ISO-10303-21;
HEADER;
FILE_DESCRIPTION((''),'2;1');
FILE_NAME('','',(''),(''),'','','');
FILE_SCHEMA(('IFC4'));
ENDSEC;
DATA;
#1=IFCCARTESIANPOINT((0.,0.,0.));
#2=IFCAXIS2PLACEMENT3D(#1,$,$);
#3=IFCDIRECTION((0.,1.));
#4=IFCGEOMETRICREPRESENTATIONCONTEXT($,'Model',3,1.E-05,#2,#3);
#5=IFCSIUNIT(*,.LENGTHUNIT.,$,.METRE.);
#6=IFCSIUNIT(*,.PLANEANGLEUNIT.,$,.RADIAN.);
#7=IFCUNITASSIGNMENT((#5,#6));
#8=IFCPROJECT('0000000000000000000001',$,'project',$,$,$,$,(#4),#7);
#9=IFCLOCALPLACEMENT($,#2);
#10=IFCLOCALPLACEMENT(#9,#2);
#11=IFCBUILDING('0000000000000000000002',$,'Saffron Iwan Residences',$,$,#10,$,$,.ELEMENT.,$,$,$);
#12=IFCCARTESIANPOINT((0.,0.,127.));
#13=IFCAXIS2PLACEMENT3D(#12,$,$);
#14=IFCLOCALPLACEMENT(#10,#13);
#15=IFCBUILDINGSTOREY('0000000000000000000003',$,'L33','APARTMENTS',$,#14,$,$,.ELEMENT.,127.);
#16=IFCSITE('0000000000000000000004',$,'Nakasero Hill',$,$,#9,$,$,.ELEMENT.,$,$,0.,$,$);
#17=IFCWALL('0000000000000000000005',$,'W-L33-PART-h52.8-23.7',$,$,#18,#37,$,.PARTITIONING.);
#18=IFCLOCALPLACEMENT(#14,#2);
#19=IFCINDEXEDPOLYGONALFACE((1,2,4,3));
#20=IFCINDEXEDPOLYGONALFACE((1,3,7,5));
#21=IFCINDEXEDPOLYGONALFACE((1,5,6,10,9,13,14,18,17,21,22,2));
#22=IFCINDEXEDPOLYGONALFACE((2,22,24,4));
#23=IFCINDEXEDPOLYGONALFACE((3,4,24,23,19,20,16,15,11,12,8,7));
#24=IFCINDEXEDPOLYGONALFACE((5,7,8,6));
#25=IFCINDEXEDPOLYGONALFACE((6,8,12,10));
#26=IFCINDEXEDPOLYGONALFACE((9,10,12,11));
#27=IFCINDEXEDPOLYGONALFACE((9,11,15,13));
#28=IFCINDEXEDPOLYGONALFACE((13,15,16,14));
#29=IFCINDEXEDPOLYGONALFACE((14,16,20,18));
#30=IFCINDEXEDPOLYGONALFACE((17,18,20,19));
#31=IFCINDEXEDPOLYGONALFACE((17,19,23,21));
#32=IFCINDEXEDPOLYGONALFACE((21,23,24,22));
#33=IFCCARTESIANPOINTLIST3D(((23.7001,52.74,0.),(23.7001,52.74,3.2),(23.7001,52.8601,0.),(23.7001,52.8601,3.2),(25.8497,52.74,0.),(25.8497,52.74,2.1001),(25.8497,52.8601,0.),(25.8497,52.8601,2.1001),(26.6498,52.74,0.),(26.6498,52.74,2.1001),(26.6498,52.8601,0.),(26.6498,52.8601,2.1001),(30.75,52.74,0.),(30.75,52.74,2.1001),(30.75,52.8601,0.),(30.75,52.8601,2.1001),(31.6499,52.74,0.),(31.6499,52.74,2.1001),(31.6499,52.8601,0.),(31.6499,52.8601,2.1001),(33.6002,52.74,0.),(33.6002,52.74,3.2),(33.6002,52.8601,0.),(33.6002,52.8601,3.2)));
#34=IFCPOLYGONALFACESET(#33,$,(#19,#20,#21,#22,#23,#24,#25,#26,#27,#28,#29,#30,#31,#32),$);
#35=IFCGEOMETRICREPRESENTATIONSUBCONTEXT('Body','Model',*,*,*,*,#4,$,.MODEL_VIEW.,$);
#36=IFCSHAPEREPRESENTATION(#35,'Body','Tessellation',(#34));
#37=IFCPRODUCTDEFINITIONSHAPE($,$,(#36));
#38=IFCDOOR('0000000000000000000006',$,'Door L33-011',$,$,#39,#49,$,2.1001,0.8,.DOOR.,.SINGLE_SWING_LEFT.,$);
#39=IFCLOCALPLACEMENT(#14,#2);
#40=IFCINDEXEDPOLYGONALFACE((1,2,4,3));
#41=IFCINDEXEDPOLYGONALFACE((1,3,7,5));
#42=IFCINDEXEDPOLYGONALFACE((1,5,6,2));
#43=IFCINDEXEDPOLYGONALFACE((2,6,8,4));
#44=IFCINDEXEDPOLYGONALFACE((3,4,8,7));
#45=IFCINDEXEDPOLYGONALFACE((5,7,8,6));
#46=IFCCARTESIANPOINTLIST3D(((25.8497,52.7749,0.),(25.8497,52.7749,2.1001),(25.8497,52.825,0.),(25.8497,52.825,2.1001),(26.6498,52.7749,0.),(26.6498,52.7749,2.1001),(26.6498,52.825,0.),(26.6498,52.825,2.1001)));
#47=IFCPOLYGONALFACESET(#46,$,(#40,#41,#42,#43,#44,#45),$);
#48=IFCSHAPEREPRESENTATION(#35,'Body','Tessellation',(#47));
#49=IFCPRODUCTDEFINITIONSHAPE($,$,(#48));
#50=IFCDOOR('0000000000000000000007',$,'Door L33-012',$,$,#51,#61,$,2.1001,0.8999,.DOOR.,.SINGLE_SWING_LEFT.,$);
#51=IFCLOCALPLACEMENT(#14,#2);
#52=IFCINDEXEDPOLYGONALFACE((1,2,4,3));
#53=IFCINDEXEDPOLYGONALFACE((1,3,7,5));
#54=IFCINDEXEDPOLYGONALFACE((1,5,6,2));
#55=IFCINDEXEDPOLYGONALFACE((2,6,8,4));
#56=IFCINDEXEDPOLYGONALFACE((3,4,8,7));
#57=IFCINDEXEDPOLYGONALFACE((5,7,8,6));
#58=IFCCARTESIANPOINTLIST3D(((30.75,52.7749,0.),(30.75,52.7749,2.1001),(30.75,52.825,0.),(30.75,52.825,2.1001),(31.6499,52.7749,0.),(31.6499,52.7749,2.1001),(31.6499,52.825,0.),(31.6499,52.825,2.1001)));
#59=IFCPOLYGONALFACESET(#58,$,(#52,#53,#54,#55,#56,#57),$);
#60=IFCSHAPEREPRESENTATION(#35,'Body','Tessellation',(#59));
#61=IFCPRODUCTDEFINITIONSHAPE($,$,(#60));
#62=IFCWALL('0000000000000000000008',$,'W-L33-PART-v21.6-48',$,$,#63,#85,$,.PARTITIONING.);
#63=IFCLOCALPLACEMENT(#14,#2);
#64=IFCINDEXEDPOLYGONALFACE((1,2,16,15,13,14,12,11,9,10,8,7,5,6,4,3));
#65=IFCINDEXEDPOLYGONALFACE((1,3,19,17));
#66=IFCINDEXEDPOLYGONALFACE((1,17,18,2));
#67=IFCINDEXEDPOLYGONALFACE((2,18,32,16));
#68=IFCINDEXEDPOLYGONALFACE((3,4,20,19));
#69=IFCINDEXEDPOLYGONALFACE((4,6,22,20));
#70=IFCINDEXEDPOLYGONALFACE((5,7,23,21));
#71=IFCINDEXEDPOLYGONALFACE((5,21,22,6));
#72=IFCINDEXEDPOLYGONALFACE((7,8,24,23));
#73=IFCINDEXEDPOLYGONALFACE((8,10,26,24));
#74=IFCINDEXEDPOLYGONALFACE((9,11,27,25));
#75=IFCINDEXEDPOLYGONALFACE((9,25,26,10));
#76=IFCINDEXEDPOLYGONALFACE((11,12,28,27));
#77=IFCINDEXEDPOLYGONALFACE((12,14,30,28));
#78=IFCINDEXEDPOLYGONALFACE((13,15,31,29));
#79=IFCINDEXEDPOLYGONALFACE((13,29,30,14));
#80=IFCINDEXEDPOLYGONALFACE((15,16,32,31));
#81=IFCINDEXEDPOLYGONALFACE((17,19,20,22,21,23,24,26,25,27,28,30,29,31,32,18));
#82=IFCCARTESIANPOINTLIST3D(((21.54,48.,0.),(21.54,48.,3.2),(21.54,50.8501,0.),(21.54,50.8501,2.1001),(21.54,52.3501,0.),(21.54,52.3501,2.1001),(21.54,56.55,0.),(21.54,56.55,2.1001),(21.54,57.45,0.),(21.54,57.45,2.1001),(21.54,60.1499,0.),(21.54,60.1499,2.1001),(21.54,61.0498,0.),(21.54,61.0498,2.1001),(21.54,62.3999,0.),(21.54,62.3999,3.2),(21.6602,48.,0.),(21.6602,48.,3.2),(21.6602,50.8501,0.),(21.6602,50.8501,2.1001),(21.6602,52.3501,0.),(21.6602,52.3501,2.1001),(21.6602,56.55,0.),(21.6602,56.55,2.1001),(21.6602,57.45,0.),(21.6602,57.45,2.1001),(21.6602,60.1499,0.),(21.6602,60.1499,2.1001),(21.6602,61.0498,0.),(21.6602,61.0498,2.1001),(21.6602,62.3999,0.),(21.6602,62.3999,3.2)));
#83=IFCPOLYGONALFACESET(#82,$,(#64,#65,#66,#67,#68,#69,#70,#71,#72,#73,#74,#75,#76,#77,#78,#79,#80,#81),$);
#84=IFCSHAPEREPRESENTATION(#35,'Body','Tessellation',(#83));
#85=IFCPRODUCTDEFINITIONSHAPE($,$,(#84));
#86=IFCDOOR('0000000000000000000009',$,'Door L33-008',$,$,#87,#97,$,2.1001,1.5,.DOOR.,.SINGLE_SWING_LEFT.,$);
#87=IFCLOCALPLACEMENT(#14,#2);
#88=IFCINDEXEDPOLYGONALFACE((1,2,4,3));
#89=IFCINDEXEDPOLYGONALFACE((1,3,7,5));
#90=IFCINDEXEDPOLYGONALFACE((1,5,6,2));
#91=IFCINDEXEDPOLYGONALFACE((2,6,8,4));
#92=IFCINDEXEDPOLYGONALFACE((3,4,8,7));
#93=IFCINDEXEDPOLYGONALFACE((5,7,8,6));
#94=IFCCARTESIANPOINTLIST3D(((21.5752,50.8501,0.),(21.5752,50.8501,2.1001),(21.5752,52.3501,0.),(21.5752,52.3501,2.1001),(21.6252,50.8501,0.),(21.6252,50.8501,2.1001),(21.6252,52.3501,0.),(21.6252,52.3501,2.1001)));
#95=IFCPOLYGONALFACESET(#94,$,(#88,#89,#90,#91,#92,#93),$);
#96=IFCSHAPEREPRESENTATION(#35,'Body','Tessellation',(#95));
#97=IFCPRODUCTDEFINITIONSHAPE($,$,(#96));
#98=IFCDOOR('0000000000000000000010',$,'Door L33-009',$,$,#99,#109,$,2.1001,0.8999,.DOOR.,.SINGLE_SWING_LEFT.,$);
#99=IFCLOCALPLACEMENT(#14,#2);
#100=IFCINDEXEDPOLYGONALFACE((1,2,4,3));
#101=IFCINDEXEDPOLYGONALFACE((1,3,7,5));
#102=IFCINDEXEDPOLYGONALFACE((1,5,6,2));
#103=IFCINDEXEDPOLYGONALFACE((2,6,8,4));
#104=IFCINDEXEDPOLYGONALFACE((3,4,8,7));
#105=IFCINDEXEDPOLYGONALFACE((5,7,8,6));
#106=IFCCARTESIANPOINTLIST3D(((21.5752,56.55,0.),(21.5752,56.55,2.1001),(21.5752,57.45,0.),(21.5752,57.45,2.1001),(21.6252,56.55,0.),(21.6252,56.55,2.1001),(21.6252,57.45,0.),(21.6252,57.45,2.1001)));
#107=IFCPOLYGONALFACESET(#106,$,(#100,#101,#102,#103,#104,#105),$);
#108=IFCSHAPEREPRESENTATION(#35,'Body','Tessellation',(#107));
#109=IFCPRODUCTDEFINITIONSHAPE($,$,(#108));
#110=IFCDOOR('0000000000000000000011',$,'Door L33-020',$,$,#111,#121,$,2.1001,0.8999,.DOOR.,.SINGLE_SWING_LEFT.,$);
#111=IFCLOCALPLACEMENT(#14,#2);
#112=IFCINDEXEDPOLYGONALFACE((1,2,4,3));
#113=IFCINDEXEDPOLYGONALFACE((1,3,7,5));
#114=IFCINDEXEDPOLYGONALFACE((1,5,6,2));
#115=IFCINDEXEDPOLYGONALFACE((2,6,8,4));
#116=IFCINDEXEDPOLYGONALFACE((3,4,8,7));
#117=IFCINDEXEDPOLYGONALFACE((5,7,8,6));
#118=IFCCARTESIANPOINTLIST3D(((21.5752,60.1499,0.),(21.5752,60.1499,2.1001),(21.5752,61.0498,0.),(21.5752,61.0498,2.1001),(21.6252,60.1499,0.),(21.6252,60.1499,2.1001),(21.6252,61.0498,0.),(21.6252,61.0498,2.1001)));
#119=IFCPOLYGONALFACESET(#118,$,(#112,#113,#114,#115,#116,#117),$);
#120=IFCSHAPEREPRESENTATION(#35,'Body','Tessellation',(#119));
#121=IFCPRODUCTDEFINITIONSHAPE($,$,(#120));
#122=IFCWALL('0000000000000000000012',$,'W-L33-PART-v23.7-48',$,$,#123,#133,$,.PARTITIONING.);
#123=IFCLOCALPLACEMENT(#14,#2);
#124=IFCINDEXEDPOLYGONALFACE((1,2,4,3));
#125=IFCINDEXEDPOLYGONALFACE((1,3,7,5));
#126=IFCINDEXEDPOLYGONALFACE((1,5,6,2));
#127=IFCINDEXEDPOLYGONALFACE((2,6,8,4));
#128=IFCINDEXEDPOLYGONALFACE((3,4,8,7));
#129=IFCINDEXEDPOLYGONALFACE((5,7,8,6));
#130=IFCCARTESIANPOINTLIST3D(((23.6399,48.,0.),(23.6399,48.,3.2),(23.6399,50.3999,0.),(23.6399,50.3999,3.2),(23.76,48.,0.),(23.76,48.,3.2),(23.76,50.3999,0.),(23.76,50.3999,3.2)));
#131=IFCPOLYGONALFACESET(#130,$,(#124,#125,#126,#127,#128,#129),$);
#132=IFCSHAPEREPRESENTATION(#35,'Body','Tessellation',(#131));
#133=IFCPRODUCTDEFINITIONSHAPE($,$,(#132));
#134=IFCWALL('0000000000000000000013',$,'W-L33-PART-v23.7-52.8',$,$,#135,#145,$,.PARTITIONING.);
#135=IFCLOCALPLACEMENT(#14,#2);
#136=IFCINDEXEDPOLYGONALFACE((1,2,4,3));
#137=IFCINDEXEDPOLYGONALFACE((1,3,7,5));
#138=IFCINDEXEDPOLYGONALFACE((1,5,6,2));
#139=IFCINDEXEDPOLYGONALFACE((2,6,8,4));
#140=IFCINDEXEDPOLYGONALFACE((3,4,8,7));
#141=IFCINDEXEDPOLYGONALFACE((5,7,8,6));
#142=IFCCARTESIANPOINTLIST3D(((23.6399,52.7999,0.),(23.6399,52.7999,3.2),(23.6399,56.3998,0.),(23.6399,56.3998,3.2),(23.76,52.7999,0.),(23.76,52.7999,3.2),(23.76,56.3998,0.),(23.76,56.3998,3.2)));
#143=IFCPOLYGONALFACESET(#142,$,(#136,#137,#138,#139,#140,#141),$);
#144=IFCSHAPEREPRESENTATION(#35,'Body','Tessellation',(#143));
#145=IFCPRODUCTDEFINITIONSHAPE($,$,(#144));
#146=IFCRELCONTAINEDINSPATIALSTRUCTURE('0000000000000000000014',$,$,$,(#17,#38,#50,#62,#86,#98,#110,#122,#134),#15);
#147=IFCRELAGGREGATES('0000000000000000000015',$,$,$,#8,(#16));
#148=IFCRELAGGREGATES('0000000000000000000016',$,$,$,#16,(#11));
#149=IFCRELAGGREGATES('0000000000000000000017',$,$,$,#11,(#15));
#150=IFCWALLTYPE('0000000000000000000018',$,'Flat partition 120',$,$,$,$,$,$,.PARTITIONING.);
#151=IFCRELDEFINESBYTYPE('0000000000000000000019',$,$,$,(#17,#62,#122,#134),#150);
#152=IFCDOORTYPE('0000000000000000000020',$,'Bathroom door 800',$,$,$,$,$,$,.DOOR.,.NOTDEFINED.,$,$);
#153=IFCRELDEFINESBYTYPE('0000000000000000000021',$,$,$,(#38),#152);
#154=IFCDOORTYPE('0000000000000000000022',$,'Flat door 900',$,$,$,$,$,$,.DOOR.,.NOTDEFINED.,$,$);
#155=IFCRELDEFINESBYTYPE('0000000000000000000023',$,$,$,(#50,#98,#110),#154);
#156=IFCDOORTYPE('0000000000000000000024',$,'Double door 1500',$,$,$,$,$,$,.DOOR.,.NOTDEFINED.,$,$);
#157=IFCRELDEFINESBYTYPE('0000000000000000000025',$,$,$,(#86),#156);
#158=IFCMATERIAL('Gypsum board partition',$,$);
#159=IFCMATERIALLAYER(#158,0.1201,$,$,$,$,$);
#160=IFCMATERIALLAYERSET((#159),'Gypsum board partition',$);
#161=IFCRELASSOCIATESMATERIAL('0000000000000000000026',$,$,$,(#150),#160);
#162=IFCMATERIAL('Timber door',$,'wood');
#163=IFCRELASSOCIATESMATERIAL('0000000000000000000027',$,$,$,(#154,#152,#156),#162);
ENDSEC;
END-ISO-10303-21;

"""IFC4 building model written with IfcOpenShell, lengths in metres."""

from ifc_helpers import new_model, si_unit, direction, frame, frame_2d, origin, place, context, subcontext, project, spatial, rectangle, extrude, material, layer, layer_set, type_object, element, fill, save


model = new_model("IFC4")

# Units and contexts
model_context = context("Model", 3, precision=1e-05, world=origin(), true_north=direction((0.0, 1.0)))
body_context = subcontext(model_context, "Body", "Model", "MODEL_VIEW")
ifc_project = project(units=[si_unit("LENGTHUNIT", "METRE"), si_unit("PLANEANGLEUNIT", "RADIAN")], contexts=[model_context])

# Site, building, storey
site_placement = place(None, origin())
site = spatial("IfcSite", under=ifc_project, at=site_placement, Name="Nakasero Hill", CompositionType="ELEMENT", RefElevation=0.0)
building_placement = place(site_placement, origin())
building = spatial("IfcBuilding", under=site, at=building_placement, Name="Saffron Iwan Residences", CompositionType="ELEMENT")
storey_placement = place(building_placement, frame((0.0, 0.0, 127.0)))
storey = spatial("IfcBuildingStorey", under=building, at=storey_placement, Name="L33", Description="APARTMENTS", CompositionType="ELEMENT", Elevation=127.0)

# Shared definitions
ifc_material_1 = material(Name="Gypsum board partition")
ifc_layer_1 = layer(ifc_material_1, 0.1201)
ifc_layer_set_1 = layer_set([ifc_layer_1], Name="Gypsum board partition")
wall_type_1 = type_object("IfcWallType", Name="Flat partition 120", PredefinedType="PARTITIONING", material=ifc_layer_set_1)
ifc_material_2 = material(Name="Timber door", Category="wood")
door_type_1 = type_object("IfcDoorType", Name="Flat door 900", OperationType="NOTDEFINED", PredefinedType="DOOR", material=ifc_material_2)

# Walls, openings, doors
wall_1_placement = place(storey_placement, frame((23.7, 52.8, 0.0), z_axis=(0.0, 0.0, 1.0), x_axis=(1.0, 0.0, 0.0)))
wall_1 = element("IfcWall", 1, at=wall_1_placement, inside=storey, type_object=wall_type_1, Name="W-L33-PART-h52.8-23.7", PredefinedType="PARTITIONING", context=body_context, shape_type="SweptSolid", body=[
    extrude(rectangle(XDim=9.9001, YDim=0.1201, at=frame_2d((4.9502, 0.0))), origin(), (0.0, 0.0, 1.0), 3.2),
])
opening_1_placement = place(wall_1_placement, frame((2.1499, 0.0, 0.0)))
opening_1 = element("IfcOpeningElement", 2, at=opening_1_placement, cuts=wall_1, PredefinedType="OPENING", context=body_context, shape_type="SweptSolid", body=[
    extrude(rectangle(XDim=0.8, YDim=2.1001, at=frame_2d((0.3999, 1.05))), frame((0.0, 0.0701, 0.0), z_axis=(0.0, -1.0, 0.0), x_axis=(1.0, 0.0, 0.0)), (0.0, 0.0, 1.0), 0.1401),
])
opening_2_placement = place(wall_1_placement, frame((7.05, 0.0, 0.0)))
opening_2 = element("IfcOpeningElement", 3, at=opening_2_placement, cuts=wall_1, PredefinedType="OPENING", context=body_context, shape_type="SweptSolid", body=[
    extrude(rectangle(XDim=0.8999, YDim=2.1001, at=frame_2d((0.45, 1.05))), frame((0.0, 0.0701, 0.0), z_axis=(0.0, -1.0, 0.0), x_axis=(1.0, 0.0, 0.0)), (0.0, 0.0, 1.0), 0.1401),
])
door_type_2 = type_object("IfcDoorType", Name="Bathroom door 800", OperationType="NOTDEFINED", PredefinedType="DOOR", material=ifc_material_2)
door_1_placement = place(opening_1_placement, origin())
door_1 = element("IfcDoor", 4, at=door_1_placement, inside=storey, type_object=door_type_2, Name="Door L33-011", OperationType="SINGLE_SWING_LEFT", OverallHeight=2.1001, OverallWidth=0.8, PredefinedType="DOOR", context=body_context, shape_type="SweptSolid", body=[
    extrude(rectangle(XDim=0.8, YDim=2.1001, at=frame_2d((0.3999, 1.05))), frame((0.0, 0.0249, 0.0), z_axis=(0.0, -1.0, 0.0), x_axis=(1.0, 0.0, 0.0)), (0.0, 0.0, 1.0), 0.05),
])
fill(opening_1, door_1)
door_2_placement = place(opening_2_placement, origin())
door_2 = element("IfcDoor", 5, at=door_2_placement, inside=storey, type_object=door_type_1, Name="Door L33-012", OperationType="SINGLE_SWING_LEFT", OverallHeight=2.1001, OverallWidth=0.8999, PredefinedType="DOOR", context=body_context, shape_type="SweptSolid", body=[
    extrude(rectangle(XDim=0.8999, YDim=2.1001, at=frame_2d((0.45, 1.05))), frame((0.0, 0.0249, 0.0), z_axis=(0.0, -1.0, 0.0), x_axis=(1.0, 0.0, 0.0)), (0.0, 0.0, 1.0), 0.05),
])
fill(opening_2, door_2)
wall_2_placement = place(storey_placement, frame((21.6001, 48.0, 0.0), z_axis=(0.0, 0.0, 1.0), x_axis=(0.0, 1.0, 0.0)))
wall_2 = element("IfcWall", 6, at=wall_2_placement, inside=storey, type_object=wall_type_1, Name="W-L33-PART-v21.6-48", PredefinedType="PARTITIONING", context=body_context, shape_type="SweptSolid", body=[
    extrude(rectangle(XDim=14.3999, YDim=0.1201, at=frame_2d((7.2, 0.0))), origin(), (0.0, 0.0, 1.0), 3.2),
])
opening_3_placement = place(wall_2_placement, frame((2.8501, 0.0, 0.0)))
opening_3 = element("IfcOpeningElement", 7, at=opening_3_placement, cuts=wall_2, PredefinedType="OPENING", context=body_context, shape_type="SweptSolid", body=[
    extrude(rectangle(XDim=1.5, YDim=2.1001, at=frame_2d((0.75, 1.05))), frame((0.0, 0.0701, 0.0), z_axis=(0.0, -1.0, 0.0), x_axis=(1.0, 0.0, 0.0)), (0.0, 0.0, 1.0), 0.1401),
])
opening_4_placement = place(wall_2_placement, frame((8.55, 0.0, 0.0)))
opening_4 = element("IfcOpeningElement", 8, at=opening_4_placement, cuts=wall_2, PredefinedType="OPENING", context=body_context, shape_type="SweptSolid", body=[
    extrude(rectangle(XDim=0.8999, YDim=2.1001, at=frame_2d((0.45, 1.05))), frame((0.0, 0.0701, 0.0), z_axis=(0.0, -1.0, 0.0), x_axis=(1.0, 0.0, 0.0)), (0.0, 0.0, 1.0), 0.1401),
])
opening_5_placement = place(wall_2_placement, frame((12.1499, 0.0, 0.0)))
opening_5 = element("IfcOpeningElement", 9, at=opening_5_placement, cuts=wall_2, PredefinedType="OPENING", context=body_context, shape_type="SweptSolid", body=[
    extrude(rectangle(XDim=0.8999, YDim=2.1001, at=frame_2d((0.45, 1.05))), frame((0.0, 0.0701, 0.0), z_axis=(0.0, -1.0, 0.0), x_axis=(1.0, 0.0, 0.0)), (0.0, 0.0, 1.0), 0.1401),
])
door_type_3 = type_object("IfcDoorType", Name="Double door 1500", OperationType="NOTDEFINED", PredefinedType="DOOR", material=ifc_material_2)
door_3_placement = place(opening_3_placement, origin())
door_3 = element("IfcDoor", 10, at=door_3_placement, inside=storey, type_object=door_type_3, Name="Door L33-008", OperationType="SINGLE_SWING_LEFT", OverallHeight=2.1001, OverallWidth=1.5, PredefinedType="DOOR", context=body_context, shape_type="SweptSolid", body=[
    extrude(rectangle(XDim=1.5, YDim=2.1001, at=frame_2d((0.75, 1.05))), frame((0.0, 0.0249, 0.0), z_axis=(0.0, -1.0, 0.0), x_axis=(1.0, 0.0, 0.0)), (0.0, 0.0, 1.0), 0.05),
])
fill(opening_3, door_3)
door_4_placement = place(opening_4_placement, origin())
door_4 = element("IfcDoor", 11, at=door_4_placement, inside=storey, type_object=door_type_1, Name="Door L33-009", OperationType="SINGLE_SWING_LEFT", OverallHeight=2.1001, OverallWidth=0.8999, PredefinedType="DOOR", context=body_context, shape_type="SweptSolid", body=[
    extrude(rectangle(XDim=0.8999, YDim=2.1001, at=frame_2d((0.45, 1.05))), frame((0.0, 0.0249, 0.0), z_axis=(0.0, -1.0, 0.0), x_axis=(1.0, 0.0, 0.0)), (0.0, 0.0, 1.0), 0.05),
])
fill(opening_4, door_4)
door_5_placement = place(opening_5_placement, origin())
door_5 = element("IfcDoor", 12, at=door_5_placement, inside=storey, type_object=door_type_1, Name="Door L33-020", OperationType="SINGLE_SWING_LEFT", OverallHeight=2.1001, OverallWidth=0.8999, PredefinedType="DOOR", context=body_context, shape_type="SweptSolid", body=[
    extrude(rectangle(XDim=0.8999, YDim=2.1001, at=frame_2d((0.45, 1.05))), frame((0.0, 0.0249, 0.0), z_axis=(0.0, -1.0, 0.0), x_axis=(1.0, 0.0, 0.0)), (0.0, 0.0, 1.0), 0.05),
])
fill(opening_5, door_5)

# Walls
wall_3_placement = place(storey_placement, frame((23.7, 48.0, 0.0), z_axis=(0.0, 0.0, 1.0), x_axis=(0.0, 1.0, 0.0)))
element("IfcWall", 13, at=wall_3_placement, inside=storey, type_object=wall_type_1, Name="W-L33-PART-v23.7-48", PredefinedType="PARTITIONING", context=body_context, shape_type="SweptSolid", body=[
    extrude(rectangle(XDim=2.3999, YDim=0.1201, at=frame_2d((1.2, 0.0))), origin(), (0.0, 0.0, 1.0), 3.2),
])
wall_4_placement = place(storey_placement, frame((23.7, 52.8, 0.0), z_axis=(0.0, 0.0, 1.0), x_axis=(0.0, 1.0, 0.0)))
element("IfcWall", 14, at=wall_4_placement, inside=storey, type_object=wall_type_1, Name="W-L33-PART-v23.7-52.8", PredefinedType="PARTITIONING", context=body_context, shape_type="SweptSolid", body=[
    extrude(rectangle(XDim=3.5999, YDim=0.1201, at=frame_2d((1.7998, 0.0))), origin(), (0.0, 0.0, 1.0), 3.2),
])

save(model, "model.ifc")
